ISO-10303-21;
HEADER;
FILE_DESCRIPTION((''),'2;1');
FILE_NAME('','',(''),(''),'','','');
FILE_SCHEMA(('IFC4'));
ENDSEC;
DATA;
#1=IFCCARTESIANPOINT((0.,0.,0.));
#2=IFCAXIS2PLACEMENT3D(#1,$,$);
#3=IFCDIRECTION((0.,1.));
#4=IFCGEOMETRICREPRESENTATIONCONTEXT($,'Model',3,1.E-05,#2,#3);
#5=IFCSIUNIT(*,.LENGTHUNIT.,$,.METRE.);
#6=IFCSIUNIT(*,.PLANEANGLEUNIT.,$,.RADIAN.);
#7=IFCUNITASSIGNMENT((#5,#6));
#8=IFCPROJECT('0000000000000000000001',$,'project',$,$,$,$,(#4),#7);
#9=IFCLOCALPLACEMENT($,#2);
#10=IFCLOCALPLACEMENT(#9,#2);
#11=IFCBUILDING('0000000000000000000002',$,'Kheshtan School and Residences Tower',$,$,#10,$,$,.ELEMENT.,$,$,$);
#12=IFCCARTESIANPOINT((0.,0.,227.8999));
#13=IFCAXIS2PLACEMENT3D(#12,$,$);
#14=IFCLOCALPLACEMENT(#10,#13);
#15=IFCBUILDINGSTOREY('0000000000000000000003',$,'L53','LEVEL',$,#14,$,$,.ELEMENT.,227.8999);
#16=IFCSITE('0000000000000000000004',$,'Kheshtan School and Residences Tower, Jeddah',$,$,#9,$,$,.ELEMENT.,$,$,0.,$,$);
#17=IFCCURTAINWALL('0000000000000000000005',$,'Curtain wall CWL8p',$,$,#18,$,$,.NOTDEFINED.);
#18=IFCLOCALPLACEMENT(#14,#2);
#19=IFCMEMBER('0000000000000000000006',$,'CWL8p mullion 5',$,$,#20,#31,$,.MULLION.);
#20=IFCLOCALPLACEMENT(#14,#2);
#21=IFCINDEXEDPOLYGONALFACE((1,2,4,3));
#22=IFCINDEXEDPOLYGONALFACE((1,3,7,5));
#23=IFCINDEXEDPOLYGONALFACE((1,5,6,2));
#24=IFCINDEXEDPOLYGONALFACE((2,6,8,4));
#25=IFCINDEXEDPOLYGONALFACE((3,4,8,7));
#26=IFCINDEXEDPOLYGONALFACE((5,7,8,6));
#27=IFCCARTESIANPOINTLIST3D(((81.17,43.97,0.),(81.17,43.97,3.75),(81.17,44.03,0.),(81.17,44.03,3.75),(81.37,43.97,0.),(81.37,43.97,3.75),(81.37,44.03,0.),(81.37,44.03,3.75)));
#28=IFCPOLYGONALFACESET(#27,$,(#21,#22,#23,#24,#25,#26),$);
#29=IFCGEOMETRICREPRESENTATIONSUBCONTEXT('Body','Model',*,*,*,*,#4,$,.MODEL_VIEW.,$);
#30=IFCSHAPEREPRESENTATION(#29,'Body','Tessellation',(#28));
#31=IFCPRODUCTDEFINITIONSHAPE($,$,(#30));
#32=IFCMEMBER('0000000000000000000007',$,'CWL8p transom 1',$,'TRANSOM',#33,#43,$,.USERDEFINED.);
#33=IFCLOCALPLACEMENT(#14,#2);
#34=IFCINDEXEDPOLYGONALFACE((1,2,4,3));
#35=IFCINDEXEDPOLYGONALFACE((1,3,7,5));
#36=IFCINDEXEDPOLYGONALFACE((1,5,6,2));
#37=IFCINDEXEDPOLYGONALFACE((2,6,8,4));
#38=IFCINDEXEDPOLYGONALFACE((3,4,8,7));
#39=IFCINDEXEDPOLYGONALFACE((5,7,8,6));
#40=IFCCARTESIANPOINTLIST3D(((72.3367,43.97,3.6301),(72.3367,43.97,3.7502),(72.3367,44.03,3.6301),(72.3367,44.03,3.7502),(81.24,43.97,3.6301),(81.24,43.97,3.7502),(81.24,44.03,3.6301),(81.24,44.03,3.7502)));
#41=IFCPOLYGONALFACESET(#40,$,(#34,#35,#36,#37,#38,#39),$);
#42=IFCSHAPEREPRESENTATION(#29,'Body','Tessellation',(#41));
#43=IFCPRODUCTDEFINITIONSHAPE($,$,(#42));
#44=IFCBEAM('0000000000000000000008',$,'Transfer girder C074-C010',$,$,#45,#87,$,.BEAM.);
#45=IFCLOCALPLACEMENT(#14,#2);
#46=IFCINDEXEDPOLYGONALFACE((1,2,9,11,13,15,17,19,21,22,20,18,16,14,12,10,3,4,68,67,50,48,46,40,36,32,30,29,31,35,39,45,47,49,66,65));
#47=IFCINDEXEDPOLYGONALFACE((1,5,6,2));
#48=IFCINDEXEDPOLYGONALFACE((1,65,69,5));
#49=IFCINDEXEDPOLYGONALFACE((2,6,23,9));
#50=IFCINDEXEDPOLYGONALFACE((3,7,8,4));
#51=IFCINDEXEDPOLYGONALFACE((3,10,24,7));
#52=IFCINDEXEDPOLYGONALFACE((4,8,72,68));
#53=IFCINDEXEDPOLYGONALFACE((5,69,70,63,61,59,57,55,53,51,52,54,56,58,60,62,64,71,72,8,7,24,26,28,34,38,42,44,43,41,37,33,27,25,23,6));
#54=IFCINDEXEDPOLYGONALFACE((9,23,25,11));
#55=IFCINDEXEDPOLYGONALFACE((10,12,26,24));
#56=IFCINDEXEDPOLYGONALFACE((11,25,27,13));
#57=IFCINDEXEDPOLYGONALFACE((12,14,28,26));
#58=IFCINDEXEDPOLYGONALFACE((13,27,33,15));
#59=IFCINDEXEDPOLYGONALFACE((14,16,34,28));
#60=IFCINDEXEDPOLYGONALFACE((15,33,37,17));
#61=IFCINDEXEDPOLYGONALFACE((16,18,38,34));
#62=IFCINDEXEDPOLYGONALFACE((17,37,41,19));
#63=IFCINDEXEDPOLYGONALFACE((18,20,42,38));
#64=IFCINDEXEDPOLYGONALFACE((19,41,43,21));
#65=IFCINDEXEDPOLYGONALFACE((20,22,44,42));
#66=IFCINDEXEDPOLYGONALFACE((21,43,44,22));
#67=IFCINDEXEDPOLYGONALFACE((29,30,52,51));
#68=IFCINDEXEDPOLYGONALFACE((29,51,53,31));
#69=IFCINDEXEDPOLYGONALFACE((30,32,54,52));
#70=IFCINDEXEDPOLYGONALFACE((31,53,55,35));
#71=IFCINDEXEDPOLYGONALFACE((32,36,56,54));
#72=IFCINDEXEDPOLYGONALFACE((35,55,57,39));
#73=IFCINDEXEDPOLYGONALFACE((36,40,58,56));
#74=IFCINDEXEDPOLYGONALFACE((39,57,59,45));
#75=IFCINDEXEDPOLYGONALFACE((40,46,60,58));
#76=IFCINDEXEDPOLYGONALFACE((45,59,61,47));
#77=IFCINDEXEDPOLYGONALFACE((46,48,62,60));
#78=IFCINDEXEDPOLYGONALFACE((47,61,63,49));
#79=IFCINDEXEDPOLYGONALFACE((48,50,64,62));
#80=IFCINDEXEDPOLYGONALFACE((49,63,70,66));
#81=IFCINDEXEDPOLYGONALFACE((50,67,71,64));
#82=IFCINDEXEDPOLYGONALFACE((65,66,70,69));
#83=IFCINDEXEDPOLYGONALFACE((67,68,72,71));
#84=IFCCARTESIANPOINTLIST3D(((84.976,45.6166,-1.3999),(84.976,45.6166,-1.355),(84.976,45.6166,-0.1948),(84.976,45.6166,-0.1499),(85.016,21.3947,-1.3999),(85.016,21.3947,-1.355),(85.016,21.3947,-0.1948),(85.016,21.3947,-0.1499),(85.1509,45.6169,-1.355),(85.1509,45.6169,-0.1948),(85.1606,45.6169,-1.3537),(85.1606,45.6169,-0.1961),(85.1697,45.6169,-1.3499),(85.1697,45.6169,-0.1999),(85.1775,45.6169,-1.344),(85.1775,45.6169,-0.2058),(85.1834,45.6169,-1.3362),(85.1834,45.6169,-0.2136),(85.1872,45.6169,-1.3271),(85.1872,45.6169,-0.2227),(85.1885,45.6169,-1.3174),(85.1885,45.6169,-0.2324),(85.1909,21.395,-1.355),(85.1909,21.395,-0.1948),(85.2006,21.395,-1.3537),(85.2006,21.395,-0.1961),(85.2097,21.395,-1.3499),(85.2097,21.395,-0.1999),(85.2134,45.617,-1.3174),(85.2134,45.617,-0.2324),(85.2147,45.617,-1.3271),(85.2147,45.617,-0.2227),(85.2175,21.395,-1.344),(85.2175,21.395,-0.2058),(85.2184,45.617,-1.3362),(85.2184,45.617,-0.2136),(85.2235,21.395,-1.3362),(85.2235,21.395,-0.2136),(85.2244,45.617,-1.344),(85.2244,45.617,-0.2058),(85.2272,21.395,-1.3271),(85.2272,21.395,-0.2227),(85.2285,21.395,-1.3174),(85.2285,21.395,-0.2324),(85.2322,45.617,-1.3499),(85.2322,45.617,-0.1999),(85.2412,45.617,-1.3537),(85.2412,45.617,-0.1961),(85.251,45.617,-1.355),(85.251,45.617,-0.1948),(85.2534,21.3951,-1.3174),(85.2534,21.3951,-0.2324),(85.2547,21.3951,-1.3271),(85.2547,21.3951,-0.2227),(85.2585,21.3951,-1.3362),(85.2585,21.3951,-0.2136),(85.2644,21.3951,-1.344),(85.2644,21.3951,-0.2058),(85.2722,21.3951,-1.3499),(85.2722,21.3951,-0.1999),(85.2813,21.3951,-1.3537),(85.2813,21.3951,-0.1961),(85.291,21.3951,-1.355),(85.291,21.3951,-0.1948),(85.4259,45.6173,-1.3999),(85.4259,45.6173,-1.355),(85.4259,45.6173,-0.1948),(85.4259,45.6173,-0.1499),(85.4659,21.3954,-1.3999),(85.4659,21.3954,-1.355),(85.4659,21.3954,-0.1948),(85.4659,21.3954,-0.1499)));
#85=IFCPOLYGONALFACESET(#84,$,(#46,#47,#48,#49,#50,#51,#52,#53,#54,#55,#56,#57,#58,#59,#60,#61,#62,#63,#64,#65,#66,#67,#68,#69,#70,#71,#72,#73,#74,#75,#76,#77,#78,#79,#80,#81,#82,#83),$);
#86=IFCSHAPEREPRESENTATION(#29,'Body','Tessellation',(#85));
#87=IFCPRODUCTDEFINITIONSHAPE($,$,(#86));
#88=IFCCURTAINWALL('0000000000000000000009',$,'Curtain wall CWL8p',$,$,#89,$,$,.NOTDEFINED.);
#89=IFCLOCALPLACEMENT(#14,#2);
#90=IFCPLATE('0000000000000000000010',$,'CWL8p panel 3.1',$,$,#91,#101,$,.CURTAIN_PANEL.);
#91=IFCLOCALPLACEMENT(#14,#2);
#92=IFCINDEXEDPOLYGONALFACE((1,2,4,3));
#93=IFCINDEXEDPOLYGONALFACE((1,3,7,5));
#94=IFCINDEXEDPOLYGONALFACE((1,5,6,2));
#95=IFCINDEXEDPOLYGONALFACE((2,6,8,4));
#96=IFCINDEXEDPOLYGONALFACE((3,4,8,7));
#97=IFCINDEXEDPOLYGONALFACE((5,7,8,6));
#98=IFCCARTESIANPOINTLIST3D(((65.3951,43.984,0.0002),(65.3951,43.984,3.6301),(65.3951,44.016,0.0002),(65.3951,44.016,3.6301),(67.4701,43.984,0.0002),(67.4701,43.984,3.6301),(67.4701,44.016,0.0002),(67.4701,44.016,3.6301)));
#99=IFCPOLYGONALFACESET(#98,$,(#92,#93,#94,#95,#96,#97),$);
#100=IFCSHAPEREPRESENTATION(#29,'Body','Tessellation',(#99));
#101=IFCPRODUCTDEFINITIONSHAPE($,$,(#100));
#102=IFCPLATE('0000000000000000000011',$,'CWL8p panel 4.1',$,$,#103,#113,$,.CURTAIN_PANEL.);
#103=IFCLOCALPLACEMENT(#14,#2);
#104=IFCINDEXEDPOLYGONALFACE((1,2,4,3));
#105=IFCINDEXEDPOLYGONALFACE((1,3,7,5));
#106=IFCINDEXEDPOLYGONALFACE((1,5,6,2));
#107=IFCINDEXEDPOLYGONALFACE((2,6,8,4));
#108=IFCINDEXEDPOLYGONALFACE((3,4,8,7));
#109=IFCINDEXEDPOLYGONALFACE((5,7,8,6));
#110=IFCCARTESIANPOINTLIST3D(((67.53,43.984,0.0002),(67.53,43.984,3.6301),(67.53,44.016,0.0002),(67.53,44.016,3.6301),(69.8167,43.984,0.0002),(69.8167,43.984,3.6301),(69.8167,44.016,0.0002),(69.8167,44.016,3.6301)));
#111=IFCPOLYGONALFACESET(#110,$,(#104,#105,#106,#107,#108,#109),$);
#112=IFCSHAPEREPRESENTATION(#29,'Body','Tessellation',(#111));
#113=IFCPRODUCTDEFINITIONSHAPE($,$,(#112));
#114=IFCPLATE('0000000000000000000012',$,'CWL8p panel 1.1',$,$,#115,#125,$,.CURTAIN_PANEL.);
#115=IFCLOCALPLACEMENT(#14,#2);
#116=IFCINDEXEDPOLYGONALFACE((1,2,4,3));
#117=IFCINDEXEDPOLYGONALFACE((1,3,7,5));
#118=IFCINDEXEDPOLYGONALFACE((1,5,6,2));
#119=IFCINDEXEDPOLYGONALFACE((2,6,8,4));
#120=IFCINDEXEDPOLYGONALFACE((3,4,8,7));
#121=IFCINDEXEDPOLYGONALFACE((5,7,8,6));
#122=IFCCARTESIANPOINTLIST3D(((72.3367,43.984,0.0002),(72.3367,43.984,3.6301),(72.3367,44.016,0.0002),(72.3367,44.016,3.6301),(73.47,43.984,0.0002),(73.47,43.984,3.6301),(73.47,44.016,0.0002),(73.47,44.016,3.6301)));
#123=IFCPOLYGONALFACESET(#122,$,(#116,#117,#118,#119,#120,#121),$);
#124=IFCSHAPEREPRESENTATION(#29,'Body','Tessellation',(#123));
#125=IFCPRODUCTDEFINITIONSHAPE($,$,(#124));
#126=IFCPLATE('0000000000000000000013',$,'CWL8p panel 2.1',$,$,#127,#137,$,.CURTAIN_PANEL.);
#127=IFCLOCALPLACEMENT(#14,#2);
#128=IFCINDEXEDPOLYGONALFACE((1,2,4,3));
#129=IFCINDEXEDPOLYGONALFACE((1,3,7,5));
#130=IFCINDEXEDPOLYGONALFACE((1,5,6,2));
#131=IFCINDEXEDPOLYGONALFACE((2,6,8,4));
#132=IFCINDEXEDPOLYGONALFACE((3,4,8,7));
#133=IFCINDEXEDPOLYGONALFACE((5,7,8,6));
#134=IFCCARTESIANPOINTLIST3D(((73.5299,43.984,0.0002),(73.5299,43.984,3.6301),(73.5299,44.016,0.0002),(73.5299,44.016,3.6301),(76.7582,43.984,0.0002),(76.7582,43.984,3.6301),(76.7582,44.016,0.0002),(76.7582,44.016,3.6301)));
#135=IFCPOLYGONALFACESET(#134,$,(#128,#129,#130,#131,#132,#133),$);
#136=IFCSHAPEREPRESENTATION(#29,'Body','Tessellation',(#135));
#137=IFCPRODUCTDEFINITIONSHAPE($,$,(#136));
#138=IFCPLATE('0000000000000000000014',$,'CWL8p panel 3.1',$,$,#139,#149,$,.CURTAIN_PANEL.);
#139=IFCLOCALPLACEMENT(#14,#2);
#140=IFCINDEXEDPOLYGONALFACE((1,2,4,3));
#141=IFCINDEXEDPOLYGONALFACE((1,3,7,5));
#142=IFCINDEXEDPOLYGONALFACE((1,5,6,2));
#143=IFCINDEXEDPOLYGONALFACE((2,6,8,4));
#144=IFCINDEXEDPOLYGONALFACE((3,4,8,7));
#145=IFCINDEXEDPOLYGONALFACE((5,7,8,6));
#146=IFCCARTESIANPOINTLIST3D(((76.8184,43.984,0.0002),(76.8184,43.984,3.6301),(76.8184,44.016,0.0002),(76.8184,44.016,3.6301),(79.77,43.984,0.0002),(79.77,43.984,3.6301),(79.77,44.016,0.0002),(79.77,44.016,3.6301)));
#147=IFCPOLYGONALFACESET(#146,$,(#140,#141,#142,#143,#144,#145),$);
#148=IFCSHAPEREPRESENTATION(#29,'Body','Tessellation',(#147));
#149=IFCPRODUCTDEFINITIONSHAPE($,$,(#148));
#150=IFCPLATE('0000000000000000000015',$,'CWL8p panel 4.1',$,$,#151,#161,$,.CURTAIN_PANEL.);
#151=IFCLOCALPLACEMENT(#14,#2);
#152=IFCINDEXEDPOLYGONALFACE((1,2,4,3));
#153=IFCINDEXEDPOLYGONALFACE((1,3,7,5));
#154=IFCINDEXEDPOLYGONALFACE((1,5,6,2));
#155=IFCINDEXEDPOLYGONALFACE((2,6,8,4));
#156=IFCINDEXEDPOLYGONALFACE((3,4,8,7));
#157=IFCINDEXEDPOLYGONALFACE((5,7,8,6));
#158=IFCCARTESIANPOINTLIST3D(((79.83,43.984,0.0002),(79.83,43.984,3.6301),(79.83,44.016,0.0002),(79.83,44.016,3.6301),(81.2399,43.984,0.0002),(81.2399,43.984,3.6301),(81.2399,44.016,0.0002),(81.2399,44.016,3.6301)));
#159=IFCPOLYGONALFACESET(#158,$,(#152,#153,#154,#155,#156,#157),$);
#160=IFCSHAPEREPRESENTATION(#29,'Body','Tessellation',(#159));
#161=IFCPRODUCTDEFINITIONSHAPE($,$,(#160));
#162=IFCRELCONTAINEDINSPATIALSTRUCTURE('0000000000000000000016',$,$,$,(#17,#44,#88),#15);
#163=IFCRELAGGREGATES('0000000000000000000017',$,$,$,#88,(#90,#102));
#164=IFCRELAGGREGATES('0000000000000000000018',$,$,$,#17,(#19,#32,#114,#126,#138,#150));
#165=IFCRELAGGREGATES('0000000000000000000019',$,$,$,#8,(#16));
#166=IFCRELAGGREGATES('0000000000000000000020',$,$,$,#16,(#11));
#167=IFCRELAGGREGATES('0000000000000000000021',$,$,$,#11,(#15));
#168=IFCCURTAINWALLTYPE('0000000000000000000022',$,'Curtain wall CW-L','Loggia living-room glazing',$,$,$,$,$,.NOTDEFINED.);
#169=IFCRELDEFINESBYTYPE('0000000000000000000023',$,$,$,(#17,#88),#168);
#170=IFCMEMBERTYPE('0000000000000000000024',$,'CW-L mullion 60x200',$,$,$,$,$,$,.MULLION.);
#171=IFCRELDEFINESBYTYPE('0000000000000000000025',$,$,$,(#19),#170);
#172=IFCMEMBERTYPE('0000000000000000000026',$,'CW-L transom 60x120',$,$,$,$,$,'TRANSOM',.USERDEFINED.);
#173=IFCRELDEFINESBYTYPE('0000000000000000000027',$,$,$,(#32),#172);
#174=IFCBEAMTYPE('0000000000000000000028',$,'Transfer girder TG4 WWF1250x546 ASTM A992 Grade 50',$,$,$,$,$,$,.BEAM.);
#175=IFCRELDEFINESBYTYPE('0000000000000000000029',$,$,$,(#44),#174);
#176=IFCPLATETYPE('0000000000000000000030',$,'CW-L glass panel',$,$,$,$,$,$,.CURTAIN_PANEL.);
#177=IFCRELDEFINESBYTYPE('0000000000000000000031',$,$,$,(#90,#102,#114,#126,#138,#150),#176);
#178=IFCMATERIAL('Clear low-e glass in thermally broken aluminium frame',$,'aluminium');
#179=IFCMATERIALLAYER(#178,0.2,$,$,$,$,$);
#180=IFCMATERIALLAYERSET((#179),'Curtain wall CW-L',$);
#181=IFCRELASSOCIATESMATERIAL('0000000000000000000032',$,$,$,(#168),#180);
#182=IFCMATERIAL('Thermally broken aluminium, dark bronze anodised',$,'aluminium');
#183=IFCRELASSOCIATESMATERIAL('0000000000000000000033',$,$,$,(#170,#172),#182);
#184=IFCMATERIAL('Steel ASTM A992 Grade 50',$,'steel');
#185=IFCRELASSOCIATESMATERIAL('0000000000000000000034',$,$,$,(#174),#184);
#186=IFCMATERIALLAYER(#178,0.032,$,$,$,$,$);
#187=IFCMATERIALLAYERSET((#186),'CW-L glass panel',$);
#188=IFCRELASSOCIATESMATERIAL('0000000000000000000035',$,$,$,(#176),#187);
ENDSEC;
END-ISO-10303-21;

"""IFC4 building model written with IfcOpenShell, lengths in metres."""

from ifc_helpers import new_model, si_unit, direction, frame, origin, origin_2d, place, context, subcontext, project, spatial, rectangle, i_section, extrude, material, layer, layer_set, material_profile, profile_set, type_object, element, aggregate, save


model = new_model("IFC4")

# Units and contexts
model_context = context("Model", 3, precision=1e-05, world=origin(), true_north=direction((0.0, 1.0)))
body_context = subcontext(model_context, "Body", "Model", "MODEL_VIEW")
ifc_project = project(units=[si_unit("LENGTHUNIT", "METRE"), si_unit("PLANEANGLEUNIT", "RADIAN")], contexts=[model_context])

# Site, building, storey
site_placement = place(None, origin())
site = spatial("IfcSite", under=ifc_project, at=site_placement, Name="Kheshtan School and Residences Tower, Jeddah", CompositionType="ELEMENT", RefElevation=0.0)
building_placement = place(site_placement, origin())
building = spatial("IfcBuilding", under=site, at=building_placement, Name="Kheshtan School and Residences Tower", CompositionType="ELEMENT")
storey_placement = place(building_placement, frame((0.0, 0.0, 227.8999)))
storey = spatial("IfcBuildingStorey", under=building, at=storey_placement, Name="L53", Description="LEVEL", CompositionType="ELEMENT", Elevation=227.8999)

# Shared definitions
ifc_material_1 = material(Name="Steel ASTM A992 Grade 50", Category="steel")

# Curtain wall, members
ifc_material_2 = material(Name="Clear low-e glass in thermally broken aluminium frame", Category="aluminium")
ifc_layer_1 = layer(ifc_material_2, 0.2)
ifc_layer_set_1 = layer_set([ifc_layer_1], Name="Curtain wall CW-L")
curtain_wall_type = type_object("IfcCurtainWallType", Name="Curtain wall CW-L", Description="Loggia living-room glazing", PredefinedType="NOTDEFINED", material=ifc_layer_set_1)
curtain_wall_1_placement = place(storey_placement, origin())
curtain_wall_1 = element("IfcCurtainWall", 1, at=curtain_wall_1_placement, inside=storey, type_object=curtain_wall_type, Name="Curtain wall CWL8p", PredefinedType="NOTDEFINED")
ifc_material_3 = material(Name="Thermally broken aluminium, dark bronze anodised", Category="aluminium")
ifc_material_profile_1 = material_profile(ifc_material_3, rectangle(XDim=0.0601, YDim=0.2, at=origin_2d()), Name="CW-L mullion 60x200")
ifc_profile_set_1 = profile_set([ifc_material_profile_1], Name="Thermally broken aluminium, dark bronze anodised")
member_type_1 = type_object("IfcMemberType", Name="CW-L mullion 60x200", PredefinedType="MULLION", material=ifc_profile_set_1)
member_1_placement = place(storey_placement, frame((81.27, 44.0, 0.0), z_axis=(0.0, 0.0, 1.0), x_axis=(0.0, 1.0, 0.0)))
member_1 = element("IfcMember", 2, at=member_1_placement, type_object=member_type_1, Name="CWL8p mullion 5", PredefinedType="MULLION", context=body_context, shape_type="SweptSolid", body=[
    extrude(rectangle(XDim=0.0601, YDim=0.2, at=origin_2d()), origin(), (0.0, 0.0, 1.0), 3.75),
])
ifc_material_profile_2 = material_profile(ifc_material_3, rectangle(XDim=0.0601, YDim=0.1201, at=origin_2d()), Name="CW-L transom 60x120")
ifc_profile_set_2 = profile_set([ifc_material_profile_2], Name="Thermally broken aluminium, dark bronze anodised")
member_type_2 = type_object("IfcMemberType", Name="CW-L transom 60x120", ElementType="TRANSOM", PredefinedType="USERDEFINED", material=ifc_profile_set_2)
member_2_placement = place(storey_placement, frame((72.3367, 44.0, 3.6902), z_axis=(1.0, 0.0, 0.0), x_axis=(0.0, 1.0, 0.0)))
member_2 = element("IfcMember", 3, at=member_2_placement, type_object=member_type_2, Name="CWL8p transom 1", ObjectType="TRANSOM", PredefinedType="USERDEFINED", context=body_context, shape_type="SweptSolid", body=[
    extrude(rectangle(XDim=0.0601, YDim=0.1201, at=origin_2d()), origin(), (0.0, 0.0, 1.0), 8.9033),
])

# Beam
ifc_material_profile_3 = material_profile(ifc_material_1, i_section(OverallWidth=0.45, OverallDepth=1.25, WebThickness=0.0249, FlangeThickness=0.0449, FilletRadius=0.0376, at=origin_2d()), Name="WWF1250x546")
ifc_profile_set_3 = profile_set([ifc_material_profile_3], Name="Steel ASTM A992 Grade 50")
beam_type_1 = type_object("IfcBeamType", Name="Transfer girder TG4 WWF1250x546 ASTM A992 Grade 50", PredefinedType="BEAM", material=ifc_profile_set_3)
beam_1_placement = place(storey_placement, frame((85.2009, 45.6169, -0.7749), z_axis=(0.001653, -0.999999, 0.0), x_axis=(0.999999, 0.001653, 0.0)))
element("IfcBeam", 4, at=beam_1_placement, inside=storey, type_object=beam_type_1, Name="Transfer girder C074-C010", PredefinedType="BEAM", context=body_context, shape_type="SweptSolid", body=[
    extrude(i_section(OverallWidth=0.45, OverallDepth=1.25, WebThickness=0.0249, FlangeThickness=0.0449, FilletRadius=0.0376, at=origin_2d()), origin(), (0.0, 0.0, 1.0), 24.2219),
])

# Curtain wall, plates
curtain_wall_2_placement = place(storey_placement, origin())
curtain_wall_2 = element("IfcCurtainWall", 5, at=curtain_wall_2_placement, inside=storey, type_object=curtain_wall_type, Name="Curtain wall CWL8p", PredefinedType="NOTDEFINED")
ifc_layer_2 = layer(ifc_material_2, 0.032)
ifc_layer_set_2 = layer_set([ifc_layer_2], Name="CW-L glass panel")
plate_type = type_object("IfcPlateType", Name="CW-L glass panel", PredefinedType="CURTAIN_PANEL", material=ifc_layer_set_2)
plate_1_placement = place(storey_placement, frame((66.4326, 44.0, 0.0002), z_axis=(0.0, 0.0, 1.0), x_axis=(1.0, 0.0, 0.0)))
plate_1 = element("IfcPlate", 6, at=plate_1_placement, type_object=plate_type, Name="CWL8p panel 3.1", PredefinedType="CURTAIN_PANEL", context=body_context, shape_type="SweptSolid", body=[
    extrude(rectangle(XDim=2.075, YDim=0.032, at=origin_2d()), origin(), (0.0, 0.0, 1.0), 3.6299),
])
plate_2_placement = place(storey_placement, frame((68.6733, 44.0, 0.0002), z_axis=(0.0, 0.0, 1.0), x_axis=(1.0, 0.0, 0.0)))
plate_2 = element("IfcPlate", 7, at=plate_2_placement, type_object=plate_type, Name="CWL8p panel 4.1", PredefinedType="CURTAIN_PANEL", context=body_context, shape_type="SweptSolid", body=[
    extrude(rectangle(XDim=2.2866, YDim=0.032, at=origin_2d()), origin(), (0.0, 0.0, 1.0), 3.6299),
])
aggregate(curtain_wall_2, [plate_1, plate_2])

# Plates
plate_3_placement = place(storey_placement, frame((72.9033, 44.0, 0.0002), z_axis=(0.0, 0.0, 1.0), x_axis=(1.0, 0.0, 0.0)))
plate_3 = element("IfcPlate", 8, at=plate_3_placement, type_object=plate_type, Name="CWL8p panel 1.1", PredefinedType="CURTAIN_PANEL", context=body_context, shape_type="SweptSolid", body=[
    extrude(rectangle(XDim=1.1333, YDim=0.032, at=origin_2d()), origin(), (0.0, 0.0, 1.0), 3.6299),
])
plate_4_placement = place(storey_placement, frame((75.144, 44.0, 0.0002), z_axis=(0.0, 0.0, 1.0), x_axis=(1.0, 0.0, 0.0)))
plate_4 = element("IfcPlate", 9, at=plate_4_placement, type_object=plate_type, Name="CWL8p panel 2.1", PredefinedType="CURTAIN_PANEL", context=body_context, shape_type="SweptSolid", body=[
    extrude(rectangle(XDim=3.2283, YDim=0.032, at=origin_2d()), origin(), (0.0, 0.0, 1.0), 3.6299),
])
plate_5_placement = place(storey_placement, frame((78.2942, 44.0, 0.0002), z_axis=(0.0, 0.0, 1.0), x_axis=(1.0, 0.0, 0.0)))
plate_5 = element("IfcPlate", 10, at=plate_5_placement, type_object=plate_type, Name="CWL8p panel 3.1", PredefinedType="CURTAIN_PANEL", context=body_context, shape_type="SweptSolid", body=[
    extrude(rectangle(XDim=2.9517, YDim=0.032, at=origin_2d()), origin(), (0.0, 0.0, 1.0), 3.6299),
])
plate_6_placement = place(storey_placement, frame((80.5349, 44.0, 0.0002), z_axis=(0.0, 0.0, 1.0), x_axis=(1.0, 0.0, 0.0)))
plate_6 = element("IfcPlate", 11, at=plate_6_placement, type_object=plate_type, Name="CWL8p panel 4.1", PredefinedType="CURTAIN_PANEL", context=body_context, shape_type="SweptSolid", body=[
    extrude(rectangle(XDim=1.4099, YDim=0.032, at=origin_2d()), origin(), (0.0, 0.0, 1.0), 3.6299),
])
aggregate(curtain_wall_1, [member_1, member_2, plate_3, plate_4, plate_5, plate_6])

save(model, "model.ifc")
